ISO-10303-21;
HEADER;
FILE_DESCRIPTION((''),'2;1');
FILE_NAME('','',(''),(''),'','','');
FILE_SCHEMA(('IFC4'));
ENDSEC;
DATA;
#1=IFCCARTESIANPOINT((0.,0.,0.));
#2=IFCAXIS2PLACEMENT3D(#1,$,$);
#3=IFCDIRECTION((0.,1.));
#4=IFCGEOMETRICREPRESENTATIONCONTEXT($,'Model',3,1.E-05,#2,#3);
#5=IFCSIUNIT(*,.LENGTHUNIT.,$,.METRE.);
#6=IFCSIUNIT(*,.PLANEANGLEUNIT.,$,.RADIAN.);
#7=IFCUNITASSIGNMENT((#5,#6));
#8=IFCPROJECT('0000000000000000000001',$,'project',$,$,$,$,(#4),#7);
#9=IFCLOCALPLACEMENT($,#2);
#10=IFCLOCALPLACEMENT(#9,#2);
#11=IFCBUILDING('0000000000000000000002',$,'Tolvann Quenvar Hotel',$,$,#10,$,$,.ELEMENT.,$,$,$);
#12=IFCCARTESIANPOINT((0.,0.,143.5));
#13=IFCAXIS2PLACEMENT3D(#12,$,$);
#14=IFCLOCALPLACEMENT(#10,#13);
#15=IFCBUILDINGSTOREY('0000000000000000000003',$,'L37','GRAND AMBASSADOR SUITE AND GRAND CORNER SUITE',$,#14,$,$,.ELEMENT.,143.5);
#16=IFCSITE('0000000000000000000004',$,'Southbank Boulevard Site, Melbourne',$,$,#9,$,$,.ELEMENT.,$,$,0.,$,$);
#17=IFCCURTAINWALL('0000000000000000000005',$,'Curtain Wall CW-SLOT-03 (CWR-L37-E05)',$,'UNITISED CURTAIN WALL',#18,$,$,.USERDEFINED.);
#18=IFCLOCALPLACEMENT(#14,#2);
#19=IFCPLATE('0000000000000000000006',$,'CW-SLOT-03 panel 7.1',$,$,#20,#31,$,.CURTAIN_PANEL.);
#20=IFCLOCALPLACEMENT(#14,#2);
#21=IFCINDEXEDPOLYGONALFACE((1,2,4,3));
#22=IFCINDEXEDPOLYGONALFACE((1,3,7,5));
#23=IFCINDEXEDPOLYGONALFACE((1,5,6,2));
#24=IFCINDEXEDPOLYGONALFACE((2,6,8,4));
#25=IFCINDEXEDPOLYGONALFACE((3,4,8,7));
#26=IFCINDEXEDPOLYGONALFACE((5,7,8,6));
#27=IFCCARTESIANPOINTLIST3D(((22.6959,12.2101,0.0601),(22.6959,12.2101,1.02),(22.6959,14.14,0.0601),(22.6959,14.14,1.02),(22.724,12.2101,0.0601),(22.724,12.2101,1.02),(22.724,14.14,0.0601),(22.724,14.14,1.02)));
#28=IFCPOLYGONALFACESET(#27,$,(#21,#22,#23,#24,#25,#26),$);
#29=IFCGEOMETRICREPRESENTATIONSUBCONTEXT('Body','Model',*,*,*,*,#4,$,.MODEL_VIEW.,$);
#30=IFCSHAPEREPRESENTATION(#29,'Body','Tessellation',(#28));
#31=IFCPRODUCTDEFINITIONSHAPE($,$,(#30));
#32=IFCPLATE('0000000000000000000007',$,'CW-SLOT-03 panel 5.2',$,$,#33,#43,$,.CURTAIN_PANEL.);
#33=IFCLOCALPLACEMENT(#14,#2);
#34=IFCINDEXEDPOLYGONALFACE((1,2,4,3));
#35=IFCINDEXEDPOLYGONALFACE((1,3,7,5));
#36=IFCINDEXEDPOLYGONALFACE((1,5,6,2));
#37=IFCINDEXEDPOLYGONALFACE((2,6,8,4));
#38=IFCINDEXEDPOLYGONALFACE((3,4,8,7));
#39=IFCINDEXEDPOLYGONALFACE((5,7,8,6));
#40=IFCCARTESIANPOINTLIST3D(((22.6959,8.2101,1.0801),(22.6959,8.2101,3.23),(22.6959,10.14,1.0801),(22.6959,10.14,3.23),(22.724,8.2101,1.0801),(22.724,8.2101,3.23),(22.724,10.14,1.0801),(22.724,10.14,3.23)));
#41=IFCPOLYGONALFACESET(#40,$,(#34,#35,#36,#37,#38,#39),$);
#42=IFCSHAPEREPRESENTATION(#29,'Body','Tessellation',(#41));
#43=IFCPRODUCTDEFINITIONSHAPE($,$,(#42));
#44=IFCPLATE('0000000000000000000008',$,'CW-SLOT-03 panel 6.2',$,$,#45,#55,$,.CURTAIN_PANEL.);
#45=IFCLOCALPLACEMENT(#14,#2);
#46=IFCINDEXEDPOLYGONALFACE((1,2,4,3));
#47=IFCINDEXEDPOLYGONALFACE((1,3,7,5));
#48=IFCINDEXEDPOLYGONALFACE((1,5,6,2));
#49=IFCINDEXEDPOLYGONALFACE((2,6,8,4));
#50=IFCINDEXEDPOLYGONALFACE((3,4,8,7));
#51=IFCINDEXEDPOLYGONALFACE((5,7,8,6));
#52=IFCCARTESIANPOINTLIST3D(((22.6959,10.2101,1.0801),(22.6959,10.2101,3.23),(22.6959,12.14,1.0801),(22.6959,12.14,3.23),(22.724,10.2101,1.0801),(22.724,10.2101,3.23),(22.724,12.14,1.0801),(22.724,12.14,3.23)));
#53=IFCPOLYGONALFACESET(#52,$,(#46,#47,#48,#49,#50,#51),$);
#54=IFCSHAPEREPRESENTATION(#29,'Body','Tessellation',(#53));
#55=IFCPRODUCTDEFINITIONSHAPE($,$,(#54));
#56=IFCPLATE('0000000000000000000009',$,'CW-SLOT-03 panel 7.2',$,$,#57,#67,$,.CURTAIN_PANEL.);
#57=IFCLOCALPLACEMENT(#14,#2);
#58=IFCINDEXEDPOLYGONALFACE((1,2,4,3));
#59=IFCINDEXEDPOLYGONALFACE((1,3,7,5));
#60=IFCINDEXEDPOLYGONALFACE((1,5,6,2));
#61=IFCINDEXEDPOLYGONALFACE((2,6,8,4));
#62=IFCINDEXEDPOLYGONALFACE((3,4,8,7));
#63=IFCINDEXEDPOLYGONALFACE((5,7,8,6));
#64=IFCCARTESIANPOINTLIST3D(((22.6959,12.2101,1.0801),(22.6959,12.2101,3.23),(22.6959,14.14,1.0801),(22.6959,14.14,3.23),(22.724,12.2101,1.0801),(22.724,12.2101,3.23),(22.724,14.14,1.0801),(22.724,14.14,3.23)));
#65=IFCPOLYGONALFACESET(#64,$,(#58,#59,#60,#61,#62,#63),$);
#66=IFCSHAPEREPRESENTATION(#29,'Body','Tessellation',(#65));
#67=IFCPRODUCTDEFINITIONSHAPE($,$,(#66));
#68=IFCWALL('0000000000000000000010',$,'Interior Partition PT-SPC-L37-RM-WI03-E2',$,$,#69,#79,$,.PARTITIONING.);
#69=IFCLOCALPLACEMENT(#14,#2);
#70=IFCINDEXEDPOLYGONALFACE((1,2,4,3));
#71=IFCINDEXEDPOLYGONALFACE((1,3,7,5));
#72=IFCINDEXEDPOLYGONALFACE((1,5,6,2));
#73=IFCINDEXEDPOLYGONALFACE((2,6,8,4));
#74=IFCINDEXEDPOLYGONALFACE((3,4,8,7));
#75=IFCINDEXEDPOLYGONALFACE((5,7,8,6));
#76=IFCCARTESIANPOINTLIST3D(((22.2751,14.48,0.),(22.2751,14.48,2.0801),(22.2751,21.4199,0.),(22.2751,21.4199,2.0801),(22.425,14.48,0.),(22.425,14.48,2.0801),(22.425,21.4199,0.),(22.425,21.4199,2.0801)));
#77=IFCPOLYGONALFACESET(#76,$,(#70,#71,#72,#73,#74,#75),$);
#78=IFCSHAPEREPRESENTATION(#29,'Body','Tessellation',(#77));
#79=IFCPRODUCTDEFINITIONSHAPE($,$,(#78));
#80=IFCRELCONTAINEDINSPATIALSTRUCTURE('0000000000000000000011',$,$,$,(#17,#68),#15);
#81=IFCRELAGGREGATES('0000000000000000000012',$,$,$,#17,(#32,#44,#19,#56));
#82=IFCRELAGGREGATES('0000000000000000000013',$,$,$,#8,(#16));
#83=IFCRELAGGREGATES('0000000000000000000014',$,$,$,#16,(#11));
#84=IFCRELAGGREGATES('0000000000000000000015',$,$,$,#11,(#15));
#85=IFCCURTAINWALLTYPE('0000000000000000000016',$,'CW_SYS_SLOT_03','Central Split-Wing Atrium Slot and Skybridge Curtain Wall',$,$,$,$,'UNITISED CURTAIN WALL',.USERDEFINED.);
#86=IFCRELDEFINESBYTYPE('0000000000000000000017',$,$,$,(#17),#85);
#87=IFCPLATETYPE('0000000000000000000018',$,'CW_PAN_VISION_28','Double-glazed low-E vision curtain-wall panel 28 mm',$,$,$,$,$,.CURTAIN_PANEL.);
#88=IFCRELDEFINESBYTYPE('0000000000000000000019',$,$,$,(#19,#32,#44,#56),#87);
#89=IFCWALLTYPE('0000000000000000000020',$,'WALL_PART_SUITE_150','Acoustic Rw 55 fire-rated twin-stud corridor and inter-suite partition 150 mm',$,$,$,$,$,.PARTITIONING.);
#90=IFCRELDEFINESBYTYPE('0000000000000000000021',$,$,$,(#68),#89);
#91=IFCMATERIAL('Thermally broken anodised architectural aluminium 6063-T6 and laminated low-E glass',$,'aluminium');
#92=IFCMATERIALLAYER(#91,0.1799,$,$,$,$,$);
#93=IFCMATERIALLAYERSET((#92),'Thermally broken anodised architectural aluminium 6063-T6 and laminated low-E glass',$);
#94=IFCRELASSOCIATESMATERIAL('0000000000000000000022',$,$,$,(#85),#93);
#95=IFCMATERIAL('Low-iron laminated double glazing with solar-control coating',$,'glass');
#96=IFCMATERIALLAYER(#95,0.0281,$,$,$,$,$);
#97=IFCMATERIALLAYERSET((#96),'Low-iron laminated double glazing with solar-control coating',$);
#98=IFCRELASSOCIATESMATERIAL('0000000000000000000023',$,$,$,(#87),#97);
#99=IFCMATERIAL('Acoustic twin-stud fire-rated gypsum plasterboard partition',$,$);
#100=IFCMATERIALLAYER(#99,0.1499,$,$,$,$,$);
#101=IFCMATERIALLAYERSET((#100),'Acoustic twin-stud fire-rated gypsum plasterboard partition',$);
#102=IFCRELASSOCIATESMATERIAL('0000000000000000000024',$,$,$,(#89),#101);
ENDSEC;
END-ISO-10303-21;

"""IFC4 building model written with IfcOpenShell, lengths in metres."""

from ifc_helpers import new_model, si_unit, direction, frame, frame_2d, origin, origin_2d, place, context, subcontext, project, spatial, rectangle, extrude, source, transform, mapped, material, layer, layer_set, type_object, element, aggregate, save


model = new_model("IFC4")

# Units and contexts
model_context = context("Model", 3, precision=1e-05, world=origin(), true_north=direction((0.0, 1.0)))
body_context = subcontext(model_context, "Body", "Model", "MODEL_VIEW")
ifc_project = project(units=[si_unit("LENGTHUNIT", "METRE"), si_unit("PLANEANGLEUNIT", "RADIAN")], contexts=[model_context])

# Site, building, storey
site_placement = place(None, origin())
site = spatial("IfcSite", under=ifc_project, at=site_placement, Name="Southbank Boulevard Site, Melbourne", CompositionType="ELEMENT", RefElevation=0.0)
building_placement = place(site_placement, origin())
building = spatial("IfcBuilding", under=site, at=building_placement, Name="Tolvann Quenvar Hotel", CompositionType="ELEMENT")
storey_placement = place(building_placement, frame((0.0, 0.0, 143.5)))
storey = spatial("IfcBuildingStorey", under=building, at=storey_placement, Name="L37", Description="GRAND AMBASSADOR SUITE AND GRAND CORNER SUITE", CompositionType="ELEMENT", Elevation=143.5)

# Curtain wall, plates
ifc_material_1 = material(Name="Thermally broken anodised architectural aluminium 6063-T6 and laminated low-E glass", Category="aluminium")
ifc_layer_1 = layer(ifc_material_1, 0.1799)
ifc_layer_set_1 = layer_set([ifc_layer_1], Name="Thermally broken anodised architectural aluminium 6063-T6 and laminated low-E glass")
curtain_wall_type = type_object("IfcCurtainWallType", Name="CW_SYS_SLOT_03", Description="Central Split-Wing Atrium Slot and Skybridge Curtain Wall", ElementType="UNITISED CURTAIN WALL", PredefinedType="USERDEFINED", material=ifc_layer_set_1)
curtain_wall_placement = place(storey_placement, origin())
curtain_wall = element("IfcCurtainWall", 1, at=curtain_wall_placement, inside=storey, type_object=curtain_wall_type, Name="Curtain Wall CW-SLOT-03 (CWR-L37-E05)", ObjectType="UNITISED CURTAIN WALL", PredefinedType="USERDEFINED")
ifc_material_2 = material(Name="Low-iron laminated double glazing with solar-control coating", Category="glass")
ifc_layer_2 = layer(ifc_material_2, 0.0281)
ifc_layer_set_2 = layer_set([ifc_layer_2], Name="Low-iron laminated double glazing with solar-control coating")
plate_type = type_object("IfcPlateType", Name="CW_PAN_VISION_28", Description="Double-glazed low-E vision curtain-wall panel 28 mm", PredefinedType="CURTAIN_PANEL", material=ifc_layer_set_2)
shared_shape_1 = source(origin(), body_context, "Body", "SweptSolid", [
    extrude(rectangle(XDim=1.9299, YDim=0.0281, at=origin_2d()), origin(), (0.0, 0.0, 1.0), 0.96),
])
plate_1_placement = place(storey_placement, frame((22.71, 13.175, 0.0601), z_axis=(0.0, 0.0, 1.0), x_axis=(0.0, 1.0, 0.0)))
plate_1 = element("IfcPlate", 2, at=plate_1_placement, type_object=plate_type, Name="CW-SLOT-03 panel 7.1", PredefinedType="CURTAIN_PANEL", context=body_context, shape_type="MappedRepresentation", body=[
    mapped(shared_shape_1, transform((0.0, 0.0, 0.0), x_axis=(1.0, 0.0, 0.0), y_axis=(0.0, 1.0, 0.0), z_axis=(0.0, 0.0, 1.0), scale=1.0)),
])
shared_shape_2 = source(origin(), body_context, "Body", "SweptSolid", [
    extrude(rectangle(XDim=1.9299, YDim=0.0281, at=origin_2d()), origin(), (0.0, 0.0, 1.0), 2.1499),
])
plate_2_placement = place(storey_placement, frame((22.71, 9.175, 1.0801), z_axis=(0.0, 0.0, 1.0), x_axis=(0.0, 1.0, 0.0)))
plate_2 = element("IfcPlate", 3, at=plate_2_placement, type_object=plate_type, Name="CW-SLOT-03 panel 5.2", PredefinedType="CURTAIN_PANEL", context=body_context, shape_type="MappedRepresentation", body=[
    mapped(shared_shape_2, transform((0.0, 0.0, 0.0), x_axis=(1.0, 0.0, 0.0), y_axis=(0.0, 1.0, 0.0), z_axis=(0.0, 0.0, 1.0), scale=1.0)),
])
plate_3_placement = place(storey_placement, frame((22.71, 11.175, 1.0801), z_axis=(0.0, 0.0, 1.0), x_axis=(0.0, 1.0, 0.0)))
plate_3 = element("IfcPlate", 4, at=plate_3_placement, type_object=plate_type, Name="CW-SLOT-03 panel 6.2", PredefinedType="CURTAIN_PANEL", context=body_context, shape_type="MappedRepresentation", body=[
    mapped(shared_shape_2, transform((0.0, 0.0, 0.0), x_axis=(1.0, 0.0, 0.0), y_axis=(0.0, 1.0, 0.0), z_axis=(0.0, 0.0, 1.0), scale=1.0)),
])
plate_4_placement = place(storey_placement, frame((22.71, 13.175, 1.0801), z_axis=(0.0, 0.0, 1.0), x_axis=(0.0, 1.0, 0.0)))
plate_4 = element("IfcPlate", 5, at=plate_4_placement, type_object=plate_type, Name="CW-SLOT-03 panel 7.2", PredefinedType="CURTAIN_PANEL", context=body_context, shape_type="MappedRepresentation", body=[
    mapped(shared_shape_2, transform((0.0, 0.0, 0.0), x_axis=(1.0, 0.0, 0.0), y_axis=(0.0, 1.0, 0.0), z_axis=(0.0, 0.0, 1.0), scale=1.0)),
])
aggregate(curtain_wall, [plate_2, plate_3, plate_1, plate_4])

# Wall
ifc_material_3 = material(Name="Acoustic twin-stud fire-rated gypsum plasterboard partition")
ifc_layer_3 = layer(ifc_material_3, 0.1499)
ifc_layer_set_3 = layer_set([ifc_layer_3], Name="Acoustic twin-stud fire-rated gypsum plasterboard partition")
wall_type = type_object("IfcWallType", Name="WALL_PART_SUITE_150", Description="Acoustic Rw 55 fire-rated twin-stud corridor and inter-suite partition 150 mm", PredefinedType="PARTITIONING", material=ifc_layer_set_3)
wall_placement = place(storey_placement, frame((22.3501, 14.48, 0.0), z_axis=(0.0, 0.0, 1.0), x_axis=(0.0, 1.0, 0.0)))
element("IfcWall", 6, at=wall_placement, inside=storey, type_object=wall_type, Name="Interior Partition PT-SPC-L37-RM-WI03-E2", PredefinedType="PARTITIONING", context=body_context, shape_type="SweptSolid", body=[
    extrude(rectangle(XDim=6.9399, YDim=0.1499, at=frame_2d((3.47, 0.0))), origin(), (0.0, 0.0, 1.0), 2.0801),
])

save(model, "model.ifc")
